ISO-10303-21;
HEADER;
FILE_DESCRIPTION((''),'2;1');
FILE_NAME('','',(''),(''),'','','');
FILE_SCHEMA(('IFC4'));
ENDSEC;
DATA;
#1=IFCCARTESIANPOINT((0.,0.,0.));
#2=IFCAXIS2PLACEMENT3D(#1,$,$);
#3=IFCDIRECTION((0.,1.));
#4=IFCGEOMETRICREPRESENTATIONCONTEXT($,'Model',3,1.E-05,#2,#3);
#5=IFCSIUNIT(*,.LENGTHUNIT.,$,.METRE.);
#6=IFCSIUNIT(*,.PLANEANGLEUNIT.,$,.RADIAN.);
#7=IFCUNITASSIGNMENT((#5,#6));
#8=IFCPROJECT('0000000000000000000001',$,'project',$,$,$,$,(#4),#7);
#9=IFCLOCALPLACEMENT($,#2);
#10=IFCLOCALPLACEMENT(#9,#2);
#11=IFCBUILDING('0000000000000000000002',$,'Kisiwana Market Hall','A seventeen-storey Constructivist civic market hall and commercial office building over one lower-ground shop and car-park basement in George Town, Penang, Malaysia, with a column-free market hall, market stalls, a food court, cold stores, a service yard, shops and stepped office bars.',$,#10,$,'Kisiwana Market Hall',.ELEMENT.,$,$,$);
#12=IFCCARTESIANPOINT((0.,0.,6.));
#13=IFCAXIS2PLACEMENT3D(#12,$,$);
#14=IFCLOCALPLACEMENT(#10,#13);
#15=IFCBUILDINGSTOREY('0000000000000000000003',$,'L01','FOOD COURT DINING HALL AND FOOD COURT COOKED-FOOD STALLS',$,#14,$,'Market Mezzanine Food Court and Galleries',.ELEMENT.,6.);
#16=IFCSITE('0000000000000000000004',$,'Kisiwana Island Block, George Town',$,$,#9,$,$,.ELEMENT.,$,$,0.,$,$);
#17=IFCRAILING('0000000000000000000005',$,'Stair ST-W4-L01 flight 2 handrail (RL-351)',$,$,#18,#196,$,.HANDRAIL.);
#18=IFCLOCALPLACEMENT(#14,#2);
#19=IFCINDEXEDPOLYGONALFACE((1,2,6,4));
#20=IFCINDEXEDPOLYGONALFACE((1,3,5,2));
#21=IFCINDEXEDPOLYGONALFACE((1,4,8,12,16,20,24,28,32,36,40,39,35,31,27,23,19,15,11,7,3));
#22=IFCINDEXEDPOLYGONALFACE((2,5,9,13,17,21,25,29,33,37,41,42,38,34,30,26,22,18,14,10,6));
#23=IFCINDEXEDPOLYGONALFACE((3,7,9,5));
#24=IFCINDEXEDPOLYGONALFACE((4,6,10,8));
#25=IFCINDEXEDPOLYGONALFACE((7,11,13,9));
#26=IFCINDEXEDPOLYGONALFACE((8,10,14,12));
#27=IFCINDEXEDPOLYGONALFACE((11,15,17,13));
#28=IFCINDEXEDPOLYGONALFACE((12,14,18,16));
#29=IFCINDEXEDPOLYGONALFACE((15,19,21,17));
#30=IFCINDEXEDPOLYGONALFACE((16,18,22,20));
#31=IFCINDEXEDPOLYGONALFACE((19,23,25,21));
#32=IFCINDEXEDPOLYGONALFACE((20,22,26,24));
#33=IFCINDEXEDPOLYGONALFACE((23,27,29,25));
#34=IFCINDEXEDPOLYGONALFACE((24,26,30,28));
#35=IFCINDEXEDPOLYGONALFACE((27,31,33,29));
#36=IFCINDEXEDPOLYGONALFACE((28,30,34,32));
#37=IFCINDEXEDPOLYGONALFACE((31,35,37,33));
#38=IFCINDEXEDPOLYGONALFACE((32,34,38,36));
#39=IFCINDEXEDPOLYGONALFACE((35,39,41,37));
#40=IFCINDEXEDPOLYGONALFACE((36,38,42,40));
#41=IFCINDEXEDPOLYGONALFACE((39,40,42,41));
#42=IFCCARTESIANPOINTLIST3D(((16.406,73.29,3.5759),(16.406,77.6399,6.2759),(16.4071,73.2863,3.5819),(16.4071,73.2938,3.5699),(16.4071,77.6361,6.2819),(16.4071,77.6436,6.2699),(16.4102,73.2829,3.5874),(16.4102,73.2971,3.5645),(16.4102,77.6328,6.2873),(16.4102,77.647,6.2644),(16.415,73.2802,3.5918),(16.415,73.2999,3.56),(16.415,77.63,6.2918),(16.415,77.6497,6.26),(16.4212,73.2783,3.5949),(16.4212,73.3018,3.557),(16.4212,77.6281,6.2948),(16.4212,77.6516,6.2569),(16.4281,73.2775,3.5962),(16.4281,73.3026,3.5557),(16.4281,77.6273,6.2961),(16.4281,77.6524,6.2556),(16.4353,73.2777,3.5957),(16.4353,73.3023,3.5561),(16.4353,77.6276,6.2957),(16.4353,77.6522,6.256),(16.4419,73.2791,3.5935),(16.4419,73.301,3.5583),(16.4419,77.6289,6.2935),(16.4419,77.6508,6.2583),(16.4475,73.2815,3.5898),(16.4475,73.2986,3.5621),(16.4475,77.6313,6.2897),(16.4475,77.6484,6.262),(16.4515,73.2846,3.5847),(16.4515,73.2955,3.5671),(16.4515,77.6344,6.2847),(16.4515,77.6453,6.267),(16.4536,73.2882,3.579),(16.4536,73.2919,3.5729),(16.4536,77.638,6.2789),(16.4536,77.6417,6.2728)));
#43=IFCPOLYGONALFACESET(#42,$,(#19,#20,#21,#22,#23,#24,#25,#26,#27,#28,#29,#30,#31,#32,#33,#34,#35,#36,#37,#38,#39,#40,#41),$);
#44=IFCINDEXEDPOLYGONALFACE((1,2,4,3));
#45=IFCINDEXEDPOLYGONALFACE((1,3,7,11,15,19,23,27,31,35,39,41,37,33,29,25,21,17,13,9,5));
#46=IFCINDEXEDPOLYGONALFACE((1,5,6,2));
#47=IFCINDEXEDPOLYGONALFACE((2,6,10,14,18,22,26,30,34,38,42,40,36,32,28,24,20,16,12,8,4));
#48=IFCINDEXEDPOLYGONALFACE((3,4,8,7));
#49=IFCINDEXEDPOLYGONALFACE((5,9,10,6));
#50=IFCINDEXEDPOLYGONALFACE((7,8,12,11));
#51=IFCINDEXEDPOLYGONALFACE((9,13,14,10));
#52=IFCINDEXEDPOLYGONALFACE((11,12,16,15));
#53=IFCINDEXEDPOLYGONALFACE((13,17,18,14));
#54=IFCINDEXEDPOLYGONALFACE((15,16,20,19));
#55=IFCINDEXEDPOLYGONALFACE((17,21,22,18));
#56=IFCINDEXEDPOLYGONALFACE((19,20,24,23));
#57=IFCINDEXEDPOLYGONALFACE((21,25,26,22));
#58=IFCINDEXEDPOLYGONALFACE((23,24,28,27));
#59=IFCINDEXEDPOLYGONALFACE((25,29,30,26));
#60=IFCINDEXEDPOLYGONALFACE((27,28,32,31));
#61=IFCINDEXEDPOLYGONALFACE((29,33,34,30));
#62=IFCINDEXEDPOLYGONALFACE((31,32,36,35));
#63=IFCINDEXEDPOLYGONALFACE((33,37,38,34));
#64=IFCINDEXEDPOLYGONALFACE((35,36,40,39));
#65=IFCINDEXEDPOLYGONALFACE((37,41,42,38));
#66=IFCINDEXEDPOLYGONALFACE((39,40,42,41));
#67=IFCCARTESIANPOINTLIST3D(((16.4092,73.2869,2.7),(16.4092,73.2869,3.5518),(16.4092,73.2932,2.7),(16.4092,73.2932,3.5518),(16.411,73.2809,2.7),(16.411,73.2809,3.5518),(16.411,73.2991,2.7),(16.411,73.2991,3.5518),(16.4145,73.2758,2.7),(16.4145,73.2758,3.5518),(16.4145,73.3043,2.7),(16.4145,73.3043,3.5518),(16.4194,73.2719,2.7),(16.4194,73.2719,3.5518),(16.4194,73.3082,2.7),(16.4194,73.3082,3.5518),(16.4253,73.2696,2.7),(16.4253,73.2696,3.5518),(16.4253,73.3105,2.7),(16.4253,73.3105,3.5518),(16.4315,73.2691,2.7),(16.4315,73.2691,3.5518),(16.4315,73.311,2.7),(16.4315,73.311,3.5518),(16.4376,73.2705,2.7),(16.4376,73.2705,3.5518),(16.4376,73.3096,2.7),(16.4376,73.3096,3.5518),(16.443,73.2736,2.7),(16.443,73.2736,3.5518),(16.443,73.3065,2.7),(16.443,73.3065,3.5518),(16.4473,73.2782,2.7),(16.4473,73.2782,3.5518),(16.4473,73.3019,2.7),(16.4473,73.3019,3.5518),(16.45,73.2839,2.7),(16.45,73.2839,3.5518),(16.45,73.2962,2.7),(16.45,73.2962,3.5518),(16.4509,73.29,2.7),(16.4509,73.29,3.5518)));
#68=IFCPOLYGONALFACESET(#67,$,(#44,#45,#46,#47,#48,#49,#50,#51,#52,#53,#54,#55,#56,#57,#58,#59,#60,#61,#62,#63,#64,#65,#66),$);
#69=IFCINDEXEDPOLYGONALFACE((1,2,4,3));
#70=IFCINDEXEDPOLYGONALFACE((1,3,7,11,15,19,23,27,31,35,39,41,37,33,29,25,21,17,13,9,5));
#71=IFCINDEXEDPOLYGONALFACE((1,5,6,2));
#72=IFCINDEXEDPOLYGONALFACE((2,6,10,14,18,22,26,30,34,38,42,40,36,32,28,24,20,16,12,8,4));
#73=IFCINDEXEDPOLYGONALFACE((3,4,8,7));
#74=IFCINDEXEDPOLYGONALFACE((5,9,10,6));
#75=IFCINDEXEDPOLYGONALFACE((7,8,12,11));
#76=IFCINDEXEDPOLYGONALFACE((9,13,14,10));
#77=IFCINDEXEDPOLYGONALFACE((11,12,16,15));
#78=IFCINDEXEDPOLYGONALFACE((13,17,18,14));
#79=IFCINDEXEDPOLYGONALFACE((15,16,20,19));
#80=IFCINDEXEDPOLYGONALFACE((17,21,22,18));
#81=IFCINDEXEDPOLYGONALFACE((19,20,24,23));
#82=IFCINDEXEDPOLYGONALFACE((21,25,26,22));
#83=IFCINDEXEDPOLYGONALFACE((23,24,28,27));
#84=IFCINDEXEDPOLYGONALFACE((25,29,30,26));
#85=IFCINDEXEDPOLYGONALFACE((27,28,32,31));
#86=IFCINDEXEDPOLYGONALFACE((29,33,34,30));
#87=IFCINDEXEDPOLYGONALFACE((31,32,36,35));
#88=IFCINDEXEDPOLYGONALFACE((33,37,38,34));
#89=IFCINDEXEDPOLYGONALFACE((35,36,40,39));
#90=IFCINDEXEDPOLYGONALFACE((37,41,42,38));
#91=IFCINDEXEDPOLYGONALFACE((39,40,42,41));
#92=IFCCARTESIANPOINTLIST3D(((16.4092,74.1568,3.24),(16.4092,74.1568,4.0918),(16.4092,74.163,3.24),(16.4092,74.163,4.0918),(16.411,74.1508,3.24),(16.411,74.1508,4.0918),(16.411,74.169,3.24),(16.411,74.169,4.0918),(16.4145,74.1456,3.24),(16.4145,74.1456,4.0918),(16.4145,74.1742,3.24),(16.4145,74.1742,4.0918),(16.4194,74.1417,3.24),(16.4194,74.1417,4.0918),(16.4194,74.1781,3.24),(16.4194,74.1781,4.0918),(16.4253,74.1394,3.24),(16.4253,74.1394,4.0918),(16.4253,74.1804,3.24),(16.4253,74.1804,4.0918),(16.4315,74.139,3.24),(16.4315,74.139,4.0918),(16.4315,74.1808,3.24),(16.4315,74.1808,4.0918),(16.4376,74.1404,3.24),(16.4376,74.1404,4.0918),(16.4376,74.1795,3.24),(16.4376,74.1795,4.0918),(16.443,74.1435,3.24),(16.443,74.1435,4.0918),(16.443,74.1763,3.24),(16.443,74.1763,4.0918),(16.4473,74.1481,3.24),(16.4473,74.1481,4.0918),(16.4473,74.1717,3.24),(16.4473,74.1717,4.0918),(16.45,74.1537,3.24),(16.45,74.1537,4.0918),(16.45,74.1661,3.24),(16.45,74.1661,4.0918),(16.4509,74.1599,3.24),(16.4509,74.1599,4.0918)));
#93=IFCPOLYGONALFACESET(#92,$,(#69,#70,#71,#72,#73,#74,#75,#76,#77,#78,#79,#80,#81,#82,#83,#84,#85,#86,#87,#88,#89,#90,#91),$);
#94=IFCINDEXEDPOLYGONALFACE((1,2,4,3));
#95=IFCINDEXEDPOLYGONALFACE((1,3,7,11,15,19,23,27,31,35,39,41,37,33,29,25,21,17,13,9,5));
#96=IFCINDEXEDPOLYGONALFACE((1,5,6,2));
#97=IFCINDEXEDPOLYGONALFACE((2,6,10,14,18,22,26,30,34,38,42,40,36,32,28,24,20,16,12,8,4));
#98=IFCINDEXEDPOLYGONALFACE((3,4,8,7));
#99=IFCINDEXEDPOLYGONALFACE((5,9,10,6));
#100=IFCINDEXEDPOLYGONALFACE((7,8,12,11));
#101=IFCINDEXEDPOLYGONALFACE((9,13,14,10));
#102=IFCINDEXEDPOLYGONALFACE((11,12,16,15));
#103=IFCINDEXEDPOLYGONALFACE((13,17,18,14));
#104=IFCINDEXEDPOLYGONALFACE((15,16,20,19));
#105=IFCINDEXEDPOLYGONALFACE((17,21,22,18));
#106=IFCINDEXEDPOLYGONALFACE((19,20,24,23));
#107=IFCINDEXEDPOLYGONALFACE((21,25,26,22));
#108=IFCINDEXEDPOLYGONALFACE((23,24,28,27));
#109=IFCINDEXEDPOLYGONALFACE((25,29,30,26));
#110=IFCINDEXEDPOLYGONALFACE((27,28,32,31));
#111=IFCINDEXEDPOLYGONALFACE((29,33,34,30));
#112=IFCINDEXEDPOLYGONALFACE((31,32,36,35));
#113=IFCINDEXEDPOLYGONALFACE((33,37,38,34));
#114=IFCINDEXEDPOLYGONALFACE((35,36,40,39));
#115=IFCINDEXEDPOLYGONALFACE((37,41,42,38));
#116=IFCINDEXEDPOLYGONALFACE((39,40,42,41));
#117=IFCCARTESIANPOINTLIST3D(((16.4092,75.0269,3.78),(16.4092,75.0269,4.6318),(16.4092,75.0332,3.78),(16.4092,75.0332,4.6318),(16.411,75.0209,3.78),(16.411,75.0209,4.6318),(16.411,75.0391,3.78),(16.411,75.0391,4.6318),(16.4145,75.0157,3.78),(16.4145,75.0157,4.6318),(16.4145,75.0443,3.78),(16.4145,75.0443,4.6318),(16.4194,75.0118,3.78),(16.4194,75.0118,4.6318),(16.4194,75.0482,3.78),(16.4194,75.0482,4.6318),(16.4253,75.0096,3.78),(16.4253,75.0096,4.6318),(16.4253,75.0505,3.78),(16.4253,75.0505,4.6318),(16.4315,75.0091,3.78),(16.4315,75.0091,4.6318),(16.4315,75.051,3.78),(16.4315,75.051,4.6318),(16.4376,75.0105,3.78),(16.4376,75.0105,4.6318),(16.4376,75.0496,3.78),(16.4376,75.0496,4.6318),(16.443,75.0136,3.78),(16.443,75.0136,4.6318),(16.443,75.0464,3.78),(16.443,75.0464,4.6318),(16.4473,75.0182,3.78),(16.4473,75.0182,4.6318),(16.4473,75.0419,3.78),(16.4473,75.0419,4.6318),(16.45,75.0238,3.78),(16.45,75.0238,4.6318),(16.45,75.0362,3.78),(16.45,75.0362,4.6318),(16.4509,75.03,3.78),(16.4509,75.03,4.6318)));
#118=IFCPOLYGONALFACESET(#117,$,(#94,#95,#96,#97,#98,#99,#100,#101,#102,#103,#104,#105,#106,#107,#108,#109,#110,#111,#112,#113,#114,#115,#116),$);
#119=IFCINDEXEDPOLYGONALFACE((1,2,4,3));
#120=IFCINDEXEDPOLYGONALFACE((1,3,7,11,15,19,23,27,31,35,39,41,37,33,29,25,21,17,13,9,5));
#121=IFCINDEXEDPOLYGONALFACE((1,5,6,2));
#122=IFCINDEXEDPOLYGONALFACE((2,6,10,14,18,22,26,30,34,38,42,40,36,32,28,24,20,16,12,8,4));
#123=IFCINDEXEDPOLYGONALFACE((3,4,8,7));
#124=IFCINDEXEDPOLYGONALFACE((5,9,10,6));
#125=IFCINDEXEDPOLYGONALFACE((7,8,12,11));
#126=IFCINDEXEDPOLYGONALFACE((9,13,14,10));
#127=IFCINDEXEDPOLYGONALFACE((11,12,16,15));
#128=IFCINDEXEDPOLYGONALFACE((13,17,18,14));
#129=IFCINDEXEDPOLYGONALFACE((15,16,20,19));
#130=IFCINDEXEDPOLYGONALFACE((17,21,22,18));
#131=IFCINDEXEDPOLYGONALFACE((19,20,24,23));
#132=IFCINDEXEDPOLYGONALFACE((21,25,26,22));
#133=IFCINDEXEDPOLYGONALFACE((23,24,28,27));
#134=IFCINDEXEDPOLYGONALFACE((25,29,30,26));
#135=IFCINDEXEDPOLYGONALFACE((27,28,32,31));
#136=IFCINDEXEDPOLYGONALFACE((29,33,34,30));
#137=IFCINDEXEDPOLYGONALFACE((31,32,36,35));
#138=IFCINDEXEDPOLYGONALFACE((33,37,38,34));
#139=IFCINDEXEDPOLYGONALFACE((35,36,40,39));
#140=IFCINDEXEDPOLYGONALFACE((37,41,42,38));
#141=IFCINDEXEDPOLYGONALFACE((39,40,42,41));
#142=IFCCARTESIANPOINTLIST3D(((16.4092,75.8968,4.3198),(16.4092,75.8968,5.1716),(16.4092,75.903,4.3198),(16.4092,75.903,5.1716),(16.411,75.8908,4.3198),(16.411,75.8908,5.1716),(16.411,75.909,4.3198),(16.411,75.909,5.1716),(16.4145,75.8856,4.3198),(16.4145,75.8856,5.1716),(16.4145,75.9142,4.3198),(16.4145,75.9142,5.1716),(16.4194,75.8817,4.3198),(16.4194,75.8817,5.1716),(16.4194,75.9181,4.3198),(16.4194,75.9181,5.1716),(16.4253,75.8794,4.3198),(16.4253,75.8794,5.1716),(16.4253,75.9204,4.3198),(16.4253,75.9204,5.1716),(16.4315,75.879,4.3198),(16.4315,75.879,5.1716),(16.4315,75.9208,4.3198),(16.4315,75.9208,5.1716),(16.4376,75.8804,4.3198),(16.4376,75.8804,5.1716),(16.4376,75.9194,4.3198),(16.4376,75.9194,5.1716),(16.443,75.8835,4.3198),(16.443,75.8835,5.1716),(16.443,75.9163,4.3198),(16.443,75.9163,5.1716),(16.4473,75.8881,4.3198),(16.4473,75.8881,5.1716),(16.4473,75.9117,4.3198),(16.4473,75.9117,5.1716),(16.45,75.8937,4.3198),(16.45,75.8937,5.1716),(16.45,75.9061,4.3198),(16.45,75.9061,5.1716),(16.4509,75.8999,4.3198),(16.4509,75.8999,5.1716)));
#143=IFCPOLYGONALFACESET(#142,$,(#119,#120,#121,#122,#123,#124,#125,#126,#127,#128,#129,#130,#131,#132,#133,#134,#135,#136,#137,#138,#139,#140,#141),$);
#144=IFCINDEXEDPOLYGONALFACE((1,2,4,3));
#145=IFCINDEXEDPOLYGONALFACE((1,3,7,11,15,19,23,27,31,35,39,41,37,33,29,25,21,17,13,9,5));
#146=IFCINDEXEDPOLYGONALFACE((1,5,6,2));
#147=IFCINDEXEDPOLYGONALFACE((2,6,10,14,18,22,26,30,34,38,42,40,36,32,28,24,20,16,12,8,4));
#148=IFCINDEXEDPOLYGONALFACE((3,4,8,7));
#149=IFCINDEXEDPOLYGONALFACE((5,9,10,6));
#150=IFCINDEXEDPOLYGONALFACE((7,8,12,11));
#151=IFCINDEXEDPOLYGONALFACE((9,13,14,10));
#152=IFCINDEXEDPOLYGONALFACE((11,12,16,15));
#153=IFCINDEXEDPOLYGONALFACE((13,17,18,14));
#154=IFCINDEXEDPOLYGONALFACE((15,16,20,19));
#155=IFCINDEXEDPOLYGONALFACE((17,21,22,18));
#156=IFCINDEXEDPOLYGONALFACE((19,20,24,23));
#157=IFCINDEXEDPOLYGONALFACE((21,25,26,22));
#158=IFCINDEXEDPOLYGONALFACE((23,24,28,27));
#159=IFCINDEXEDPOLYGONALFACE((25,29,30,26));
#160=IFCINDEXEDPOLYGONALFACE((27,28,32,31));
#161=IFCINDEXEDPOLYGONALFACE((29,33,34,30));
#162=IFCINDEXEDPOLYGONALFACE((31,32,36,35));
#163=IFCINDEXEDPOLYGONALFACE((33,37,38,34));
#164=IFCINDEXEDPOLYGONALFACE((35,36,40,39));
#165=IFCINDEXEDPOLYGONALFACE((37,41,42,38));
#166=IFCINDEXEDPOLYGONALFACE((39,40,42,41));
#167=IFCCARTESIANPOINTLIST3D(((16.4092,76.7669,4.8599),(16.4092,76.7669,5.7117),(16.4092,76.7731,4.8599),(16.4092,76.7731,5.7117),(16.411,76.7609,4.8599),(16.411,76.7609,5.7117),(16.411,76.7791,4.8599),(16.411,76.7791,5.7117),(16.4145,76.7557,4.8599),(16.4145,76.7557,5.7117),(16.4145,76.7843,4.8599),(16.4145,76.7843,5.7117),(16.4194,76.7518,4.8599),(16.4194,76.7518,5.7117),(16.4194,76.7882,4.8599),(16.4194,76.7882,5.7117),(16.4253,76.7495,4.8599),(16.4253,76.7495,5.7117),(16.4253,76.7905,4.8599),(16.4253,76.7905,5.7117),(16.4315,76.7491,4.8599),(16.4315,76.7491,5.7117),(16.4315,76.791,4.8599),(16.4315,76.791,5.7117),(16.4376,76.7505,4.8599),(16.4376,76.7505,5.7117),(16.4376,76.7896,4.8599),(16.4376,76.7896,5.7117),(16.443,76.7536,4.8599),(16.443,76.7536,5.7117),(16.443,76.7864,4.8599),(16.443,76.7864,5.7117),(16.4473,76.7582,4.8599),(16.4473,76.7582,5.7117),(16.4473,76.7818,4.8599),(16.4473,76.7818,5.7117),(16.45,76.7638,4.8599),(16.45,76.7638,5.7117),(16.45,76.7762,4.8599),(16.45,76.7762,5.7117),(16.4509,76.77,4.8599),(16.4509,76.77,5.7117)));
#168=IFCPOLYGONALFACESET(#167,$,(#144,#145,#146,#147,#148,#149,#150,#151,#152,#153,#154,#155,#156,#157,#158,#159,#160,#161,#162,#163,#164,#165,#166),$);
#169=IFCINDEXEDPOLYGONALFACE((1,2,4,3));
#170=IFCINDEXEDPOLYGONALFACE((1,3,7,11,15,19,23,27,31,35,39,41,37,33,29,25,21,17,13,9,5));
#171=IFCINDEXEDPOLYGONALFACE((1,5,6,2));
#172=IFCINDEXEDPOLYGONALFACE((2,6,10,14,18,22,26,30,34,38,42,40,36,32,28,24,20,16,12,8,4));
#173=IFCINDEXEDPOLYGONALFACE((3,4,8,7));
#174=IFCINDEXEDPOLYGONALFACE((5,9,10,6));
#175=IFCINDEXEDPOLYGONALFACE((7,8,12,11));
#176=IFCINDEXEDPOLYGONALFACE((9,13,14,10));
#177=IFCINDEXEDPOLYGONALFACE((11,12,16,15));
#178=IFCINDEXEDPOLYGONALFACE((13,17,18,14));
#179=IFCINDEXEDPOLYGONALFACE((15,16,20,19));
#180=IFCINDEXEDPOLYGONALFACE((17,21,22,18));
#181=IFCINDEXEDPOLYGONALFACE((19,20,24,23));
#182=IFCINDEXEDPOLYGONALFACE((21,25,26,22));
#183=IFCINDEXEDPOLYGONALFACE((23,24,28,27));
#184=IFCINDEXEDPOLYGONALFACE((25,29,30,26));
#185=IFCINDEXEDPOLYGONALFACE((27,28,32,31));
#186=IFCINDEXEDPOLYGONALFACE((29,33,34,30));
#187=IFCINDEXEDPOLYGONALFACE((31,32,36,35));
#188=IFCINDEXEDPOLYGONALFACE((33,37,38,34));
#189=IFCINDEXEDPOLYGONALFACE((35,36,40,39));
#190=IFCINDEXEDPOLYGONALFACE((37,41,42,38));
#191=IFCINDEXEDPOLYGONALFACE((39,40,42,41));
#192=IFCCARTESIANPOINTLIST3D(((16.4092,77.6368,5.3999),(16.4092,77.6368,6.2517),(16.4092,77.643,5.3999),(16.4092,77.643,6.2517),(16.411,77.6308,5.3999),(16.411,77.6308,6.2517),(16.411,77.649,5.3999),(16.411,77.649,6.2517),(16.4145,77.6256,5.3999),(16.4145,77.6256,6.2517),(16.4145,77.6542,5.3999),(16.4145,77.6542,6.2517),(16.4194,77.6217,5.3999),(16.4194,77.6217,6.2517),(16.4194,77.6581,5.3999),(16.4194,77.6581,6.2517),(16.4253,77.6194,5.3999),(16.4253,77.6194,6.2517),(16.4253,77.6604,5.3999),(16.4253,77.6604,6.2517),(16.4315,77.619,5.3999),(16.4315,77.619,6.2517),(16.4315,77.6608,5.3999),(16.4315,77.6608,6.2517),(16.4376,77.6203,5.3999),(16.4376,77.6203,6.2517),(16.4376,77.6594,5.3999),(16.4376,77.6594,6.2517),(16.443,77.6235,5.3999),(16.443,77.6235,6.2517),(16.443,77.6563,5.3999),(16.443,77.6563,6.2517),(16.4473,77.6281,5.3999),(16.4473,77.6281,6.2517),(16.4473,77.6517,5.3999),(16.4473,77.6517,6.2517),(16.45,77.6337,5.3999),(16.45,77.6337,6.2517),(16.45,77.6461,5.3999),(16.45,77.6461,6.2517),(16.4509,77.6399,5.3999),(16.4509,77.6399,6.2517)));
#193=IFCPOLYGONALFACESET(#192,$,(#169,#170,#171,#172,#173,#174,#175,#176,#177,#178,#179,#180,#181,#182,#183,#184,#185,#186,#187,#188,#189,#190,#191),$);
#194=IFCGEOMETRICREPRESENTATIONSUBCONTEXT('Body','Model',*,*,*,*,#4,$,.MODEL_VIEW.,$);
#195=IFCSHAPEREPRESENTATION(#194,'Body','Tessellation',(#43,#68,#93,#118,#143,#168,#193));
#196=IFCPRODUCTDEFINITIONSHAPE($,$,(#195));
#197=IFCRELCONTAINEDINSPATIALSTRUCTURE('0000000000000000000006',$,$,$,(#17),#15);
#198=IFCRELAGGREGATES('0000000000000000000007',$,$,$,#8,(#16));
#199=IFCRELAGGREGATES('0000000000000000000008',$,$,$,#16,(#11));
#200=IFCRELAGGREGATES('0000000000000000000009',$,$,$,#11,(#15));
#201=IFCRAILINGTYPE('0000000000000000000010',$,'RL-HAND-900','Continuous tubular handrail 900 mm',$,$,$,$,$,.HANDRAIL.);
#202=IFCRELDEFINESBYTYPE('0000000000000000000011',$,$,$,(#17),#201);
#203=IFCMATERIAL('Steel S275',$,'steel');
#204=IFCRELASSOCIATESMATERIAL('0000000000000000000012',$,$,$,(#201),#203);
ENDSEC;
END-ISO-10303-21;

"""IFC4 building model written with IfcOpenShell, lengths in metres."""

from ifc_helpers import new_model, si_unit, direction, frame, origin, origin_2d, place, context, subcontext, project, spatial, circle, extrude, material, type_object, element, save


model = new_model("IFC4")

# Units and contexts
model_context = context("Model", 3, precision=1e-05, world=origin(), true_north=direction((0.0, 1.0)))
body_context = subcontext(model_context, "Body", "Model", "MODEL_VIEW")
ifc_project = project(units=[si_unit("LENGTHUNIT", "METRE"), si_unit("PLANEANGLEUNIT", "RADIAN")], contexts=[model_context])

# Site, building, storey
site_placement = place(None, origin())
site = spatial("IfcSite", under=ifc_project, at=site_placement, Name="Kisiwana Island Block, George Town", CompositionType="ELEMENT", RefElevation=0.0)
building_placement = place(site_placement, origin())
building = spatial("IfcBuilding", under=site, at=building_placement, Name="Kisiwana Market Hall", Description="A seventeen-storey Constructivist civic market hall and commercial office building over one lower-ground shop and car-park basement in George Town, Penang, Malaysia, with a column-free market hall, market stalls, a food court, cold stores, a service yard, shops and stepped office bars.", LongName="Kisiwana Market Hall", CompositionType="ELEMENT")
storey_placement = place(building_placement, frame((0.0, 0.0, 6.0)))
storey = spatial("IfcBuildingStorey", under=building, at=storey_placement, Name="L01", Description="FOOD COURT DINING HALL AND FOOD COURT COOKED-FOOD STALLS", LongName="Market Mezzanine Food Court and Galleries", CompositionType="ELEMENT", Elevation=6.0)

# Railing
ifc_material_1 = material(Name="Steel S275", Category="steel")
railing_type_1 = type_object("IfcRailingType", Name="RL-HAND-900", Description="Continuous tubular handrail 900 mm", PredefinedType="HANDRAIL", material=ifc_material_1)
for number, where, name in (
    (1, (16.4299, 73.29, 2.7), "Stair ST-W4-L01 flight 2 handrail (RL-351)"),
):
    element("IfcRailing", number, at=place(storey_placement, frame(where)), inside=storey, type_object=railing_type_1, Name=name, PredefinedType="HANDRAIL", context=body_context, shape_type="SweptSolid", body=[
        extrude(circle(Radius=0.0239, at=origin_2d()), frame((0.0, 0.0, 0.876), z_axis=(0.0, 0.849636, 0.527369), x_axis=(-1.0, 0.0, 0.0)), (0.0, 0.0, 1.0), 5.1196),
        extrude(circle(Radius=0.021, at=origin_2d()), origin(), (0.0, 0.0, 1.0), 0.8518),
        extrude(circle(Radius=0.021, at=origin_2d()), frame((0.0, 0.8699, 0.54)), (0.0, 0.0, 1.0), 0.8518),
        extrude(circle(Radius=0.021, at=origin_2d()), frame((0.0, 1.74, 1.0801)), (0.0, 0.0, 1.0), 0.8518),
        extrude(circle(Radius=0.021, at=origin_2d()), frame((0.0, 2.6099, 1.6199)), (0.0, 0.0, 1.0), 0.8518),
        extrude(circle(Radius=0.021, at=origin_2d()), frame((0.0, 3.48, 2.1599)), (0.0, 0.0, 1.0), 0.8518),
        extrude(circle(Radius=0.021, at=origin_2d()), frame((0.0, 4.3499, 2.7)), (0.0, 0.0, 1.0), 0.8518),
    ])

save(model, "model.ifc")
